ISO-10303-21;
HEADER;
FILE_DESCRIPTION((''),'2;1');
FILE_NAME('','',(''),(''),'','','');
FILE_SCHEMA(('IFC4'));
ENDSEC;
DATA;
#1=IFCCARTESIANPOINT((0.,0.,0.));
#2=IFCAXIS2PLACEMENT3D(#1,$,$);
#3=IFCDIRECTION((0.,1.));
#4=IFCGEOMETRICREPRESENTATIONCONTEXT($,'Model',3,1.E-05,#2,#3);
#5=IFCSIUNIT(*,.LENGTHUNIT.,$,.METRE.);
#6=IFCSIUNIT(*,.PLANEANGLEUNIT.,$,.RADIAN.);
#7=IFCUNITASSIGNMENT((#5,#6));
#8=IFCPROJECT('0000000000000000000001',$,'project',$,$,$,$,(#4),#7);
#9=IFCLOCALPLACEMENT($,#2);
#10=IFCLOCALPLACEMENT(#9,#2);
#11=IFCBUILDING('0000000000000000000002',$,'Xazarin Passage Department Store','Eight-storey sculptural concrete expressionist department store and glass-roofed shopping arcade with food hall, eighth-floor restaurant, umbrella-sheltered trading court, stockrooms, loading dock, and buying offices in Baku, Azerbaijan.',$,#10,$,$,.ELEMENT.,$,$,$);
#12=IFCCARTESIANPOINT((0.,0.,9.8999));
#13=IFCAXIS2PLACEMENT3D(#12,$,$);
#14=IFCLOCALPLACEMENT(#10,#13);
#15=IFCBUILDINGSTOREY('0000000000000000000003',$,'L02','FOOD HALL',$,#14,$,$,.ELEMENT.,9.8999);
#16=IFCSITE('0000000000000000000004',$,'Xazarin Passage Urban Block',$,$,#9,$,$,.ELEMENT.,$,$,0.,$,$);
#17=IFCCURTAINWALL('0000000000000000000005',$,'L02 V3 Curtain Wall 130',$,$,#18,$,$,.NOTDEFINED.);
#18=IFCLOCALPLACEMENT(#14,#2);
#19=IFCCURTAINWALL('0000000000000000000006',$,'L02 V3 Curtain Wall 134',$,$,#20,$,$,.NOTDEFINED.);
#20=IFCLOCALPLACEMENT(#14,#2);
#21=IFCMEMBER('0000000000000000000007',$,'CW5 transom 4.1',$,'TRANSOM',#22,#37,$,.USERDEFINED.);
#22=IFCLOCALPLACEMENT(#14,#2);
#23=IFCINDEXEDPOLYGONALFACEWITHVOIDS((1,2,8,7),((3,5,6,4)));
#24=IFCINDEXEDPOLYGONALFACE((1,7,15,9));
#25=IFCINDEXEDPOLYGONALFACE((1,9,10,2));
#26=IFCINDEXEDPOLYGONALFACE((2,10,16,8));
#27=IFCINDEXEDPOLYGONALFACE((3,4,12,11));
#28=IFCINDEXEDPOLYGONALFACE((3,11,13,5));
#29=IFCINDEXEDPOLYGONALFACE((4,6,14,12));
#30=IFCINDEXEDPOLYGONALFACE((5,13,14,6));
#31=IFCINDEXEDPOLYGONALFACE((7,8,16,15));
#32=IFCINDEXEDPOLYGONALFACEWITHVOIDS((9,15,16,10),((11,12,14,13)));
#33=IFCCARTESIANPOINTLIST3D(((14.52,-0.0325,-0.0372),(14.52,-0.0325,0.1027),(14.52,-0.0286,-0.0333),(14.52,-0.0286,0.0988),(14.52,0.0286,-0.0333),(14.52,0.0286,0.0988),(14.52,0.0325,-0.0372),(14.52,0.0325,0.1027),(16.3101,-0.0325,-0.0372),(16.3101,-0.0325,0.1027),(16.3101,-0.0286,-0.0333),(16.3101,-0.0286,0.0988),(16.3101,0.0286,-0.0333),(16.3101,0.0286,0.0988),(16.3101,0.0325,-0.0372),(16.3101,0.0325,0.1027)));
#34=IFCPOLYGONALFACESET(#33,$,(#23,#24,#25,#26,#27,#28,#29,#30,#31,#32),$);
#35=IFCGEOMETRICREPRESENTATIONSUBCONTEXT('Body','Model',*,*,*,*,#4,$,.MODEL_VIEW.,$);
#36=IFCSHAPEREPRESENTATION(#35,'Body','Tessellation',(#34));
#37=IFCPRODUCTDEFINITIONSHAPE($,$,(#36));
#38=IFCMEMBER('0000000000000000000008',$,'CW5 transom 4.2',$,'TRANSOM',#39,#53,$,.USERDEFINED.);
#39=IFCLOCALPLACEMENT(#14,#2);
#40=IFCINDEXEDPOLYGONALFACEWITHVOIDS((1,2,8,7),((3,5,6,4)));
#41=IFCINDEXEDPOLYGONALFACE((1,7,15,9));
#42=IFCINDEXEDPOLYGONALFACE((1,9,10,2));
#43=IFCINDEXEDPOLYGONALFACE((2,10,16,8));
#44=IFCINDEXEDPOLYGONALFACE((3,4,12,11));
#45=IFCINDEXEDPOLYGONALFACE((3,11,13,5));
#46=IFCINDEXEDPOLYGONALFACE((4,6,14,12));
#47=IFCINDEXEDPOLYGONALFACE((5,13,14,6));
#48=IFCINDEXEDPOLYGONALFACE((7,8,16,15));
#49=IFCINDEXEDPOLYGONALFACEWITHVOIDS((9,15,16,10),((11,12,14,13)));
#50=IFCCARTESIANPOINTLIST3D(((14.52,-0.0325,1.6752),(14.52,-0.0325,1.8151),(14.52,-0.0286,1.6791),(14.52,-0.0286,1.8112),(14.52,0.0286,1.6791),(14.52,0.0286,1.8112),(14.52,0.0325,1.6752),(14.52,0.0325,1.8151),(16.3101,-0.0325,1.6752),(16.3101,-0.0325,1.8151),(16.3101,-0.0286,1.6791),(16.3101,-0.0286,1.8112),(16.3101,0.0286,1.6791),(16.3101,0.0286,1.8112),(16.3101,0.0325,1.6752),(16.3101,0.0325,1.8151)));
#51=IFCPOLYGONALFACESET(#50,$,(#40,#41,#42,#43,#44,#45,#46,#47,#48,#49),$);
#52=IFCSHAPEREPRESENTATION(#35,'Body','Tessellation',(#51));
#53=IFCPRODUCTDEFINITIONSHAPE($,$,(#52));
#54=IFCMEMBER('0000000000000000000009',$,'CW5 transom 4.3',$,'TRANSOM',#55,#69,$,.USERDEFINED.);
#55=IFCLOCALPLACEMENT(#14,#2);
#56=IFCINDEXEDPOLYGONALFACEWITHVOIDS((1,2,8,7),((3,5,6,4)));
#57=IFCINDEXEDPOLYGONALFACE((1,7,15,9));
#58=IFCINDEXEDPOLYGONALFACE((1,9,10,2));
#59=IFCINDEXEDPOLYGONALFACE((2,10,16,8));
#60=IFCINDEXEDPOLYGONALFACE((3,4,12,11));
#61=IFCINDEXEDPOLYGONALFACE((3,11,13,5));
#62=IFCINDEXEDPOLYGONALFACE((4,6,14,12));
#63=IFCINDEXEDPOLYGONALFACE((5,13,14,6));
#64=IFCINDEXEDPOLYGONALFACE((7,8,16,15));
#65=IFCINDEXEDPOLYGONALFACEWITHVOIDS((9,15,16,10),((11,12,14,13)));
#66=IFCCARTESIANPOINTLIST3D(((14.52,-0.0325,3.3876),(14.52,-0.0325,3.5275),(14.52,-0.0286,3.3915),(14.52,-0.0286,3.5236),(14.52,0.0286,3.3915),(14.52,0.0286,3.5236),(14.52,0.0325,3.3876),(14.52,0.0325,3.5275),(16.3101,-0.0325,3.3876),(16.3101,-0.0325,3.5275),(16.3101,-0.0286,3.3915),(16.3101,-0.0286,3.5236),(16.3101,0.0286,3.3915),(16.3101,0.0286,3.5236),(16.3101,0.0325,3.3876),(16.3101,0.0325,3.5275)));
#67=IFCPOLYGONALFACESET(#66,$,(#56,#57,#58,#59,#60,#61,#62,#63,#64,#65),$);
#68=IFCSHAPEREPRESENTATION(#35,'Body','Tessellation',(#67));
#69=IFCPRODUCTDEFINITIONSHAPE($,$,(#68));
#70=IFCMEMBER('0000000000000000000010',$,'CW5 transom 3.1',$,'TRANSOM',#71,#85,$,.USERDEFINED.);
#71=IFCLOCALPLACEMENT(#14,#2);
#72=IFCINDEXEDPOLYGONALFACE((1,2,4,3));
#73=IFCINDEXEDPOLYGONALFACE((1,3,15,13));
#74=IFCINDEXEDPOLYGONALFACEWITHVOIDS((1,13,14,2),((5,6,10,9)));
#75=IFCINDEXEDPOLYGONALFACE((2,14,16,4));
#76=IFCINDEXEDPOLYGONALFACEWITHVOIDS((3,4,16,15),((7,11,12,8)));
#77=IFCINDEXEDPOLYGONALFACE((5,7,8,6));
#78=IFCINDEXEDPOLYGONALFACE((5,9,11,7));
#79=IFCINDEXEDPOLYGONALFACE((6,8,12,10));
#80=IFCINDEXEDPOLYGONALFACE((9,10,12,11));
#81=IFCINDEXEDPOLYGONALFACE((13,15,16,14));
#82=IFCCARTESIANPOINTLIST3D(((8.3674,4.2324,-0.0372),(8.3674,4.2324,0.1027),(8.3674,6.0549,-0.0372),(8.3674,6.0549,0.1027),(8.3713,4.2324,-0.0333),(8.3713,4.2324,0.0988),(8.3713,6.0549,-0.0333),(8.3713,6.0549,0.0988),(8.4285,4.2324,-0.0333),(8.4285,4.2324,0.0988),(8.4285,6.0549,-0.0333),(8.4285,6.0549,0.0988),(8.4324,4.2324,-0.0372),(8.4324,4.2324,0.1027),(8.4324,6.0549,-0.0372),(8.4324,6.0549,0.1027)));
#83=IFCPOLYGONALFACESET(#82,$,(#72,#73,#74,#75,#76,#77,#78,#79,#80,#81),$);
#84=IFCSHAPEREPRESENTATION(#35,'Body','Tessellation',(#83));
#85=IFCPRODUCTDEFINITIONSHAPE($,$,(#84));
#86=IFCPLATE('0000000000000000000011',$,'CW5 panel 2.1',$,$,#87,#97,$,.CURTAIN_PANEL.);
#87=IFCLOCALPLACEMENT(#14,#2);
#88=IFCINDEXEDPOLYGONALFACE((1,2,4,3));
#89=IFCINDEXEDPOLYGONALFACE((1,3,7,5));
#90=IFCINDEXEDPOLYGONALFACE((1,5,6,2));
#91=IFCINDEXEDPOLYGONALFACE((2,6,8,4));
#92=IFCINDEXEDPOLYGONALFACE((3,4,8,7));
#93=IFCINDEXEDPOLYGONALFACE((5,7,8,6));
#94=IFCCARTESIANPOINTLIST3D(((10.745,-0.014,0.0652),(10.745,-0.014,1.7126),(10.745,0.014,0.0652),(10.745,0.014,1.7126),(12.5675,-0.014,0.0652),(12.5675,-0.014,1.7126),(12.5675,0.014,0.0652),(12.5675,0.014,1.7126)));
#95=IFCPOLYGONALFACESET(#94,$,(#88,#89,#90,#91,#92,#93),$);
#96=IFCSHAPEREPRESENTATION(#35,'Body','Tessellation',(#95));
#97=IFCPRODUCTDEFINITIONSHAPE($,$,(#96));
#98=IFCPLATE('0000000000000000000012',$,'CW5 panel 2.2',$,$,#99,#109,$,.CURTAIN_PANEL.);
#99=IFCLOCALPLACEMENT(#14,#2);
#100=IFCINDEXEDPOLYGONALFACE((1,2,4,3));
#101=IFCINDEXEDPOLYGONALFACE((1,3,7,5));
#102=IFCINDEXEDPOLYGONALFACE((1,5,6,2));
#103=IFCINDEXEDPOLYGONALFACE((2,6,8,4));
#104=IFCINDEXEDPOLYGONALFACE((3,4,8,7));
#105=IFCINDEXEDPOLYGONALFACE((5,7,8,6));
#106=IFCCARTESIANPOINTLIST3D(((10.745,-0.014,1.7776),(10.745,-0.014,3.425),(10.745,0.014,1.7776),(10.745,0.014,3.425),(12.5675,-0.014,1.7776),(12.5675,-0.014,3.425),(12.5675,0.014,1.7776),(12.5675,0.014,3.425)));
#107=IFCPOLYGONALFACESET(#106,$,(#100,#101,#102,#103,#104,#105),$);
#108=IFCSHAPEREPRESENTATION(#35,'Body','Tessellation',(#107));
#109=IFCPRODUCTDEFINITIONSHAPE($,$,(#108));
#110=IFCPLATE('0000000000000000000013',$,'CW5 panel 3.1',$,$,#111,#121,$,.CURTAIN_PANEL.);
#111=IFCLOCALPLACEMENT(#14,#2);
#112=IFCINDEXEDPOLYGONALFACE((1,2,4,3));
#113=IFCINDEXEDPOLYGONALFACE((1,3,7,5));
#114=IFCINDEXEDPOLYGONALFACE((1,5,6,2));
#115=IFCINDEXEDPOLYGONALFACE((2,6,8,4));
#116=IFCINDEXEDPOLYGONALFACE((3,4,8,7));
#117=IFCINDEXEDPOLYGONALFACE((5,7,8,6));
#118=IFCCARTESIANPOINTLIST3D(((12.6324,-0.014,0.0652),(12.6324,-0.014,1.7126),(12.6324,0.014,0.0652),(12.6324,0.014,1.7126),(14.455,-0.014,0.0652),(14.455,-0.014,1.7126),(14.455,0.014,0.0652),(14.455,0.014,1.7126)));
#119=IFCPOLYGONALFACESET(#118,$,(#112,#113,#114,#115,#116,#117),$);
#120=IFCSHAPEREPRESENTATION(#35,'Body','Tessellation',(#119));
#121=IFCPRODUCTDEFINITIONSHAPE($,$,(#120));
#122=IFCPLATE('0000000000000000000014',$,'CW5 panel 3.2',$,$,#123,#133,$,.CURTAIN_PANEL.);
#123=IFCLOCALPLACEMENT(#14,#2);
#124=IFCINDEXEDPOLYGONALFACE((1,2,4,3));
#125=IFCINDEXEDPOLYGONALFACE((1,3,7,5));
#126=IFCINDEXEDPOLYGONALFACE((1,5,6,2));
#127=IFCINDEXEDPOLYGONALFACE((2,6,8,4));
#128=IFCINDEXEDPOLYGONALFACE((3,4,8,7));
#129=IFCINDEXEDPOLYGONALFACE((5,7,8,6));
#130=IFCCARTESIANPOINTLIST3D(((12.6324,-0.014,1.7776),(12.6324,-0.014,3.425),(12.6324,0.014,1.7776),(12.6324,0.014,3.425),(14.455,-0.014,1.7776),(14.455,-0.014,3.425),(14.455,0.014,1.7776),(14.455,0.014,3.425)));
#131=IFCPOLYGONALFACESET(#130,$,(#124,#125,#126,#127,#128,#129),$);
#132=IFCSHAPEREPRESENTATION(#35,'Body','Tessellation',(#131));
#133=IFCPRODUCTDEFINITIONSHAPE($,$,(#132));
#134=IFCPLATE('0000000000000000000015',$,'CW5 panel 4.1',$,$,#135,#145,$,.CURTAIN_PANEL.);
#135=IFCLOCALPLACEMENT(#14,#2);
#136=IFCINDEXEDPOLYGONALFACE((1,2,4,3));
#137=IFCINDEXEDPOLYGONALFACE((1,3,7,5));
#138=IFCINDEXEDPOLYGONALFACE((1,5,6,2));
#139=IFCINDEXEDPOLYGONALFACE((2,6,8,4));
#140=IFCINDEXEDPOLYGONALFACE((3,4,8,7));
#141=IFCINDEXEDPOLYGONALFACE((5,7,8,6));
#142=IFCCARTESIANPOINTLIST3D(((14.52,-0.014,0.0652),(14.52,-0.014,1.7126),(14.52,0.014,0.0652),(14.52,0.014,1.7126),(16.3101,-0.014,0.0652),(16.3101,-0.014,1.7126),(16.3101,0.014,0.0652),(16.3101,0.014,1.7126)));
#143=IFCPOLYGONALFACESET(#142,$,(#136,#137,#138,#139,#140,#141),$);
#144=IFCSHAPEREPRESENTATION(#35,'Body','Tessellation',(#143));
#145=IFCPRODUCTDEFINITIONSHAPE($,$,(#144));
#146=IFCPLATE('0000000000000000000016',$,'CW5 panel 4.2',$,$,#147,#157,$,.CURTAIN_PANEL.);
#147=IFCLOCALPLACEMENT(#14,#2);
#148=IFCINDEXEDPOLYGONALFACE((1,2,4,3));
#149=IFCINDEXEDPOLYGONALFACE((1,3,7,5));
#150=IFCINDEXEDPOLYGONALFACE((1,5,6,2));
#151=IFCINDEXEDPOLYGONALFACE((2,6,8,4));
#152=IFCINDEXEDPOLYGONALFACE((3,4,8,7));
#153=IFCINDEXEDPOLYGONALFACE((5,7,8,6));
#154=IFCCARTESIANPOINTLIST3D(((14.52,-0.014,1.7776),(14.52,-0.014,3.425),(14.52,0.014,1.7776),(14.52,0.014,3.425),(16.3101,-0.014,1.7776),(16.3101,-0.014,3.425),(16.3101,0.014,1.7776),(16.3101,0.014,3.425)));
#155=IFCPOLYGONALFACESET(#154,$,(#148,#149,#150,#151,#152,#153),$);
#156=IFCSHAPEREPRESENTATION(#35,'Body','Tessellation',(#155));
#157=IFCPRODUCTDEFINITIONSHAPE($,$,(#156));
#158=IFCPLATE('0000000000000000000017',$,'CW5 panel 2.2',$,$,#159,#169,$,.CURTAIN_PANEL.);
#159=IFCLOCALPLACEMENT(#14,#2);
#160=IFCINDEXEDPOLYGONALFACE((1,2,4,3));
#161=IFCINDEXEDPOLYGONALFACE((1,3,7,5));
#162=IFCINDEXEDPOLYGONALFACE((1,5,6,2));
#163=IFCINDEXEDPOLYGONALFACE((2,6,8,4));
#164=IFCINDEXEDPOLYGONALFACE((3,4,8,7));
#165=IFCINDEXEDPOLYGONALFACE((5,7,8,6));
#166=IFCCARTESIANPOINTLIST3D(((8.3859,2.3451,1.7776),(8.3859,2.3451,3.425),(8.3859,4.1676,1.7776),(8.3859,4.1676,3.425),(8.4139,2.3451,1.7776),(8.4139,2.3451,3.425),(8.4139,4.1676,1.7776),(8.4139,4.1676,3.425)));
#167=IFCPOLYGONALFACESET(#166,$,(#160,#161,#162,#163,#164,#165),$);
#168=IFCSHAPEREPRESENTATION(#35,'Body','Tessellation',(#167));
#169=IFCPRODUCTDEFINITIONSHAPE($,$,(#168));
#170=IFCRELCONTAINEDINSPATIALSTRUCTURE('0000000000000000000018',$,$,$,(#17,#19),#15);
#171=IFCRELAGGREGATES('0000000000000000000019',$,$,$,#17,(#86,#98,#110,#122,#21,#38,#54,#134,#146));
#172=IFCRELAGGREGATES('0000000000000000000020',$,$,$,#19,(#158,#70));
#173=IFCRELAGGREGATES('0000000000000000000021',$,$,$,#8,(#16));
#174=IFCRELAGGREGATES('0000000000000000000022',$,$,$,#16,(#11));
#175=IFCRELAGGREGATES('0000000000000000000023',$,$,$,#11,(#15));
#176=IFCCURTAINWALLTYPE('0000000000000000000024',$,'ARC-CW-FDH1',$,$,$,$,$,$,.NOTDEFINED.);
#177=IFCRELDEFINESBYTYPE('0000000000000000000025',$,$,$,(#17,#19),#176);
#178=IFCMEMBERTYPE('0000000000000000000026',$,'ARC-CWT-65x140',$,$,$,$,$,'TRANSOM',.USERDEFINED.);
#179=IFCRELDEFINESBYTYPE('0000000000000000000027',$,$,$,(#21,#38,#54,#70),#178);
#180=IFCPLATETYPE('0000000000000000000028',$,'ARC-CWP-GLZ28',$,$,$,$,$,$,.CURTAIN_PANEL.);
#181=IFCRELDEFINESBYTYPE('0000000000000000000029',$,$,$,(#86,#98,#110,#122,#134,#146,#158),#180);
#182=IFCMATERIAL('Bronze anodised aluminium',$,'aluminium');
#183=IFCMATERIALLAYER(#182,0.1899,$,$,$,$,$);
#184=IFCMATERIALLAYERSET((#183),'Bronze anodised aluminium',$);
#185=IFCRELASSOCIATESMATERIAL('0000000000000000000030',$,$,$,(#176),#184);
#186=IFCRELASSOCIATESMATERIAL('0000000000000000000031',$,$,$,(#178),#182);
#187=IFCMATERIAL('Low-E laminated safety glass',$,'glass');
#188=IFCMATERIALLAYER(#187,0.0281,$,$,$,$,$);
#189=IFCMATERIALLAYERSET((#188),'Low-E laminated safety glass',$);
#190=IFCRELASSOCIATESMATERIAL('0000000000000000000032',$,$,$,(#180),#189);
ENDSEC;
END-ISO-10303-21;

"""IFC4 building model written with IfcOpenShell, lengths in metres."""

from ifc_helpers import new_model, si_unit, direction, frame, origin, origin_2d, place, context, subcontext, project, spatial, rectangle, hollow_rectangle, extrude, material, layer, layer_set, material_profile, profile_set, type_object, element, aggregate, save


model = new_model("IFC4")

# Units and contexts
model_context = context("Model", 3, precision=1e-05, world=origin(), true_north=direction((0.0, 1.0)))
body_context = subcontext(model_context, "Body", "Model", "MODEL_VIEW")
ifc_project = project(units=[si_unit("LENGTHUNIT", "METRE"), si_unit("PLANEANGLEUNIT", "RADIAN")], contexts=[model_context])

# Site, building, storey
site_placement = place(None, origin())
site = spatial("IfcSite", under=ifc_project, at=site_placement, Name="Xazarin Passage Urban Block", CompositionType="ELEMENT", RefElevation=0.0)
building_placement = place(site_placement, origin())
building = spatial("IfcBuilding", under=site, at=building_placement, Name="Xazarin Passage Department Store", Description="Eight-storey sculptural concrete expressionist department store and glass-roofed shopping arcade with food hall, eighth-floor restaurant, umbrella-sheltered trading court, stockrooms, loading dock, and buying offices in Baku, Azerbaijan.", CompositionType="ELEMENT")
storey_placement = place(building_placement, frame((0.0, 0.0, 9.8999)))
storey = spatial("IfcBuildingStorey", under=building, at=storey_placement, Name="L02", Description="FOOD HALL", CompositionType="ELEMENT", Elevation=9.8999)

# Curtain wall
ifc_material_1 = material(Name="Bronze anodised aluminium", Category="aluminium")
ifc_layer_1 = layer(ifc_material_1, 0.1899)
ifc_layer_set_1 = layer_set([ifc_layer_1], Name="Bronze anodised aluminium")
curtain_wall_type = type_object("IfcCurtainWallType", Name="ARC-CW-FDH1", PredefinedType="NOTDEFINED", material=ifc_layer_set_1)
curtain_wall_1_placement = place(storey_placement, origin())
curtain_wall_1 = element("IfcCurtainWall", 1, at=curtain_wall_1_placement, inside=storey, type_object=curtain_wall_type, Name="L02 V3 Curtain Wall 130", PredefinedType="NOTDEFINED")

# Curtain wall
curtain_wall_2_placement = place(storey_placement, origin())
curtain_wall_2 = element("IfcCurtainWall", 2, at=curtain_wall_2_placement, inside=storey, type_object=curtain_wall_type, Name="L02 V3 Curtain Wall 134", PredefinedType="NOTDEFINED")

# Members
ifc_material_profile_1 = material_profile(ifc_material_1, hollow_rectangle(XDim=0.0649, YDim=0.1399, WallThickness=0.0039, at=origin_2d()), Name="ALU 65x140")
ifc_profile_set_1 = profile_set([ifc_material_profile_1], Name="Bronze anodised aluminium")
member_type_1 = type_object("IfcMemberType", Name="ARC-CWT-65x140", ElementType="TRANSOM", PredefinedType="USERDEFINED", material=ifc_profile_set_1)
member_1_placement = place(storey_placement, frame((14.52, 0.0, 0.0327), z_axis=(1.0, 0.0, 0.0), x_axis=(0.0, 1.0, 0.0)))
member_1 = element("IfcMember", 3, at=member_1_placement, type_object=member_type_1, Name="CW5 transom 4.1", ObjectType="TRANSOM", PredefinedType="USERDEFINED", context=body_context, shape_type="SweptSolid", body=[
    extrude(hollow_rectangle(XDim=0.0649, YDim=0.1399, WallThickness=0.0039, at=origin_2d()), origin(), (0.0, 0.0, 1.0), 1.79),
])
member_2_placement = place(storey_placement, frame((14.52, 0.0, 1.7451), z_axis=(1.0, 0.0, 0.0), x_axis=(0.0, 1.0, 0.0)))
member_2 = element("IfcMember", 4, at=member_2_placement, type_object=member_type_1, Name="CW5 transom 4.2", ObjectType="TRANSOM", PredefinedType="USERDEFINED", context=body_context, shape_type="SweptSolid", body=[
    extrude(hollow_rectangle(XDim=0.0649, YDim=0.1399, WallThickness=0.0039, at=origin_2d()), origin(), (0.0, 0.0, 1.0), 1.79),
])
member_3_placement = place(storey_placement, frame((14.52, 0.0, 3.4575), z_axis=(1.0, 0.0, 0.0), x_axis=(0.0, 1.0, 0.0)))
member_3 = element("IfcMember", 5, at=member_3_placement, type_object=member_type_1, Name="CW5 transom 4.3", ObjectType="TRANSOM", PredefinedType="USERDEFINED", context=body_context, shape_type="SweptSolid", body=[
    extrude(hollow_rectangle(XDim=0.0649, YDim=0.1399, WallThickness=0.0039, at=origin_2d()), origin(), (0.0, 0.0, 1.0), 1.79),
])
member_4_placement = place(storey_placement, frame((8.3999, 4.2324, 0.0327), z_axis=(0.0, 1.0, 0.0), x_axis=(-1.0, 0.0, 0.0)))
member_4 = element("IfcMember", 6, at=member_4_placement, type_object=member_type_1, Name="CW5 transom 3.1", ObjectType="TRANSOM", PredefinedType="USERDEFINED", context=body_context, shape_type="SweptSolid", body=[
    extrude(hollow_rectangle(XDim=0.0649, YDim=0.1399, WallThickness=0.0039, at=origin_2d()), origin(), (0.0, 0.0, 1.0), 1.8225),
])

# Plates
ifc_material_2 = material(Name="Low-E laminated safety glass", Category="glass")
ifc_layer_2 = layer(ifc_material_2, 0.0281)
ifc_layer_set_2 = layer_set([ifc_layer_2], Name="Low-E laminated safety glass")
plate_type = type_object("IfcPlateType", Name="ARC-CWP-GLZ28", PredefinedType="CURTAIN_PANEL", material=ifc_layer_set_2)
plate_1_placement = place(storey_placement, frame((11.6562, 0.0, 0.0652), z_axis=(0.0, 0.0, 1.0), x_axis=(1.0, 0.0, 0.0)))
plate_1 = element("IfcPlate", 7, at=plate_1_placement, type_object=plate_type, Name="CW5 panel 2.1", PredefinedType="CURTAIN_PANEL", context=body_context, shape_type="SweptSolid", body=[
    extrude(rectangle(XDim=1.8225, YDim=0.0281, at=origin_2d()), origin(), (0.0, 0.0, 1.0), 1.6475),
])
plate_2_placement = place(storey_placement, frame((11.6562, 0.0, 1.7776), z_axis=(0.0, 0.0, 1.0), x_axis=(1.0, 0.0, 0.0)))
plate_2 = element("IfcPlate", 8, at=plate_2_placement, type_object=plate_type, Name="CW5 panel 2.2", PredefinedType="CURTAIN_PANEL", context=body_context, shape_type="SweptSolid", body=[
    extrude(rectangle(XDim=1.8225, YDim=0.0281, at=origin_2d()), origin(), (0.0, 0.0, 1.0), 1.6475),
])
plate_3_placement = place(storey_placement, frame((13.5437, 0.0, 0.0652), z_axis=(0.0, 0.0, 1.0), x_axis=(1.0, 0.0, 0.0)))
plate_3 = element("IfcPlate", 9, at=plate_3_placement, type_object=plate_type, Name="CW5 panel 3.1", PredefinedType="CURTAIN_PANEL", context=body_context, shape_type="SweptSolid", body=[
    extrude(rectangle(XDim=1.8225, YDim=0.0281, at=origin_2d()), origin(), (0.0, 0.0, 1.0), 1.6475),
])
plate_4_placement = place(storey_placement, frame((13.5437, 0.0, 1.7776), z_axis=(0.0, 0.0, 1.0), x_axis=(1.0, 0.0, 0.0)))
plate_4 = element("IfcPlate", 10, at=plate_4_placement, type_object=plate_type, Name="CW5 panel 3.2", PredefinedType="CURTAIN_PANEL", context=body_context, shape_type="SweptSolid", body=[
    extrude(rectangle(XDim=1.8225, YDim=0.0281, at=origin_2d()), origin(), (0.0, 0.0, 1.0), 1.6475),
])
plate_5_placement = place(storey_placement, frame((15.415, 0.0, 0.0652), z_axis=(0.0, 0.0, 1.0), x_axis=(1.0, 0.0, 0.0)))
plate_5 = element("IfcPlate", 11, at=plate_5_placement, type_object=plate_type, Name="CW5 panel 4.1", PredefinedType="CURTAIN_PANEL", context=body_context, shape_type="SweptSolid", body=[
    extrude(rectangle(XDim=1.79, YDim=0.0281, at=origin_2d()), origin(), (0.0, 0.0, 1.0), 1.6475),
])
plate_6_placement = place(storey_placement, frame((15.415, 0.0, 1.7776), z_axis=(0.0, 0.0, 1.0), x_axis=(1.0, 0.0, 0.0)))
plate_6 = element("IfcPlate", 12, at=plate_6_placement, type_object=plate_type, Name="CW5 panel 4.2", PredefinedType="CURTAIN_PANEL", context=body_context, shape_type="SweptSolid", body=[
    extrude(rectangle(XDim=1.79, YDim=0.0281, at=origin_2d()), origin(), (0.0, 0.0, 1.0), 1.6475),
])
aggregate(curtain_wall_1, [plate_1, plate_2, plate_3, plate_4, member_1, member_2, member_3, plate_5, plate_6])
plate_7_placement = place(storey_placement, frame((8.3999, 3.2563, 1.7776), z_axis=(0.0, 0.0, 1.0), x_axis=(0.0, 1.0, 0.0)))
plate_7 = element("IfcPlate", 13, at=plate_7_placement, type_object=plate_type, Name="CW5 panel 2.2", PredefinedType="CURTAIN_PANEL", context=body_context, shape_type="SweptSolid", body=[
    extrude(rectangle(XDim=1.8225, YDim=0.0281, at=origin_2d()), origin(), (0.0, 0.0, 1.0), 1.6475),
])
aggregate(curtain_wall_2, [plate_7, member_4])

save(model, "model.ifc")
